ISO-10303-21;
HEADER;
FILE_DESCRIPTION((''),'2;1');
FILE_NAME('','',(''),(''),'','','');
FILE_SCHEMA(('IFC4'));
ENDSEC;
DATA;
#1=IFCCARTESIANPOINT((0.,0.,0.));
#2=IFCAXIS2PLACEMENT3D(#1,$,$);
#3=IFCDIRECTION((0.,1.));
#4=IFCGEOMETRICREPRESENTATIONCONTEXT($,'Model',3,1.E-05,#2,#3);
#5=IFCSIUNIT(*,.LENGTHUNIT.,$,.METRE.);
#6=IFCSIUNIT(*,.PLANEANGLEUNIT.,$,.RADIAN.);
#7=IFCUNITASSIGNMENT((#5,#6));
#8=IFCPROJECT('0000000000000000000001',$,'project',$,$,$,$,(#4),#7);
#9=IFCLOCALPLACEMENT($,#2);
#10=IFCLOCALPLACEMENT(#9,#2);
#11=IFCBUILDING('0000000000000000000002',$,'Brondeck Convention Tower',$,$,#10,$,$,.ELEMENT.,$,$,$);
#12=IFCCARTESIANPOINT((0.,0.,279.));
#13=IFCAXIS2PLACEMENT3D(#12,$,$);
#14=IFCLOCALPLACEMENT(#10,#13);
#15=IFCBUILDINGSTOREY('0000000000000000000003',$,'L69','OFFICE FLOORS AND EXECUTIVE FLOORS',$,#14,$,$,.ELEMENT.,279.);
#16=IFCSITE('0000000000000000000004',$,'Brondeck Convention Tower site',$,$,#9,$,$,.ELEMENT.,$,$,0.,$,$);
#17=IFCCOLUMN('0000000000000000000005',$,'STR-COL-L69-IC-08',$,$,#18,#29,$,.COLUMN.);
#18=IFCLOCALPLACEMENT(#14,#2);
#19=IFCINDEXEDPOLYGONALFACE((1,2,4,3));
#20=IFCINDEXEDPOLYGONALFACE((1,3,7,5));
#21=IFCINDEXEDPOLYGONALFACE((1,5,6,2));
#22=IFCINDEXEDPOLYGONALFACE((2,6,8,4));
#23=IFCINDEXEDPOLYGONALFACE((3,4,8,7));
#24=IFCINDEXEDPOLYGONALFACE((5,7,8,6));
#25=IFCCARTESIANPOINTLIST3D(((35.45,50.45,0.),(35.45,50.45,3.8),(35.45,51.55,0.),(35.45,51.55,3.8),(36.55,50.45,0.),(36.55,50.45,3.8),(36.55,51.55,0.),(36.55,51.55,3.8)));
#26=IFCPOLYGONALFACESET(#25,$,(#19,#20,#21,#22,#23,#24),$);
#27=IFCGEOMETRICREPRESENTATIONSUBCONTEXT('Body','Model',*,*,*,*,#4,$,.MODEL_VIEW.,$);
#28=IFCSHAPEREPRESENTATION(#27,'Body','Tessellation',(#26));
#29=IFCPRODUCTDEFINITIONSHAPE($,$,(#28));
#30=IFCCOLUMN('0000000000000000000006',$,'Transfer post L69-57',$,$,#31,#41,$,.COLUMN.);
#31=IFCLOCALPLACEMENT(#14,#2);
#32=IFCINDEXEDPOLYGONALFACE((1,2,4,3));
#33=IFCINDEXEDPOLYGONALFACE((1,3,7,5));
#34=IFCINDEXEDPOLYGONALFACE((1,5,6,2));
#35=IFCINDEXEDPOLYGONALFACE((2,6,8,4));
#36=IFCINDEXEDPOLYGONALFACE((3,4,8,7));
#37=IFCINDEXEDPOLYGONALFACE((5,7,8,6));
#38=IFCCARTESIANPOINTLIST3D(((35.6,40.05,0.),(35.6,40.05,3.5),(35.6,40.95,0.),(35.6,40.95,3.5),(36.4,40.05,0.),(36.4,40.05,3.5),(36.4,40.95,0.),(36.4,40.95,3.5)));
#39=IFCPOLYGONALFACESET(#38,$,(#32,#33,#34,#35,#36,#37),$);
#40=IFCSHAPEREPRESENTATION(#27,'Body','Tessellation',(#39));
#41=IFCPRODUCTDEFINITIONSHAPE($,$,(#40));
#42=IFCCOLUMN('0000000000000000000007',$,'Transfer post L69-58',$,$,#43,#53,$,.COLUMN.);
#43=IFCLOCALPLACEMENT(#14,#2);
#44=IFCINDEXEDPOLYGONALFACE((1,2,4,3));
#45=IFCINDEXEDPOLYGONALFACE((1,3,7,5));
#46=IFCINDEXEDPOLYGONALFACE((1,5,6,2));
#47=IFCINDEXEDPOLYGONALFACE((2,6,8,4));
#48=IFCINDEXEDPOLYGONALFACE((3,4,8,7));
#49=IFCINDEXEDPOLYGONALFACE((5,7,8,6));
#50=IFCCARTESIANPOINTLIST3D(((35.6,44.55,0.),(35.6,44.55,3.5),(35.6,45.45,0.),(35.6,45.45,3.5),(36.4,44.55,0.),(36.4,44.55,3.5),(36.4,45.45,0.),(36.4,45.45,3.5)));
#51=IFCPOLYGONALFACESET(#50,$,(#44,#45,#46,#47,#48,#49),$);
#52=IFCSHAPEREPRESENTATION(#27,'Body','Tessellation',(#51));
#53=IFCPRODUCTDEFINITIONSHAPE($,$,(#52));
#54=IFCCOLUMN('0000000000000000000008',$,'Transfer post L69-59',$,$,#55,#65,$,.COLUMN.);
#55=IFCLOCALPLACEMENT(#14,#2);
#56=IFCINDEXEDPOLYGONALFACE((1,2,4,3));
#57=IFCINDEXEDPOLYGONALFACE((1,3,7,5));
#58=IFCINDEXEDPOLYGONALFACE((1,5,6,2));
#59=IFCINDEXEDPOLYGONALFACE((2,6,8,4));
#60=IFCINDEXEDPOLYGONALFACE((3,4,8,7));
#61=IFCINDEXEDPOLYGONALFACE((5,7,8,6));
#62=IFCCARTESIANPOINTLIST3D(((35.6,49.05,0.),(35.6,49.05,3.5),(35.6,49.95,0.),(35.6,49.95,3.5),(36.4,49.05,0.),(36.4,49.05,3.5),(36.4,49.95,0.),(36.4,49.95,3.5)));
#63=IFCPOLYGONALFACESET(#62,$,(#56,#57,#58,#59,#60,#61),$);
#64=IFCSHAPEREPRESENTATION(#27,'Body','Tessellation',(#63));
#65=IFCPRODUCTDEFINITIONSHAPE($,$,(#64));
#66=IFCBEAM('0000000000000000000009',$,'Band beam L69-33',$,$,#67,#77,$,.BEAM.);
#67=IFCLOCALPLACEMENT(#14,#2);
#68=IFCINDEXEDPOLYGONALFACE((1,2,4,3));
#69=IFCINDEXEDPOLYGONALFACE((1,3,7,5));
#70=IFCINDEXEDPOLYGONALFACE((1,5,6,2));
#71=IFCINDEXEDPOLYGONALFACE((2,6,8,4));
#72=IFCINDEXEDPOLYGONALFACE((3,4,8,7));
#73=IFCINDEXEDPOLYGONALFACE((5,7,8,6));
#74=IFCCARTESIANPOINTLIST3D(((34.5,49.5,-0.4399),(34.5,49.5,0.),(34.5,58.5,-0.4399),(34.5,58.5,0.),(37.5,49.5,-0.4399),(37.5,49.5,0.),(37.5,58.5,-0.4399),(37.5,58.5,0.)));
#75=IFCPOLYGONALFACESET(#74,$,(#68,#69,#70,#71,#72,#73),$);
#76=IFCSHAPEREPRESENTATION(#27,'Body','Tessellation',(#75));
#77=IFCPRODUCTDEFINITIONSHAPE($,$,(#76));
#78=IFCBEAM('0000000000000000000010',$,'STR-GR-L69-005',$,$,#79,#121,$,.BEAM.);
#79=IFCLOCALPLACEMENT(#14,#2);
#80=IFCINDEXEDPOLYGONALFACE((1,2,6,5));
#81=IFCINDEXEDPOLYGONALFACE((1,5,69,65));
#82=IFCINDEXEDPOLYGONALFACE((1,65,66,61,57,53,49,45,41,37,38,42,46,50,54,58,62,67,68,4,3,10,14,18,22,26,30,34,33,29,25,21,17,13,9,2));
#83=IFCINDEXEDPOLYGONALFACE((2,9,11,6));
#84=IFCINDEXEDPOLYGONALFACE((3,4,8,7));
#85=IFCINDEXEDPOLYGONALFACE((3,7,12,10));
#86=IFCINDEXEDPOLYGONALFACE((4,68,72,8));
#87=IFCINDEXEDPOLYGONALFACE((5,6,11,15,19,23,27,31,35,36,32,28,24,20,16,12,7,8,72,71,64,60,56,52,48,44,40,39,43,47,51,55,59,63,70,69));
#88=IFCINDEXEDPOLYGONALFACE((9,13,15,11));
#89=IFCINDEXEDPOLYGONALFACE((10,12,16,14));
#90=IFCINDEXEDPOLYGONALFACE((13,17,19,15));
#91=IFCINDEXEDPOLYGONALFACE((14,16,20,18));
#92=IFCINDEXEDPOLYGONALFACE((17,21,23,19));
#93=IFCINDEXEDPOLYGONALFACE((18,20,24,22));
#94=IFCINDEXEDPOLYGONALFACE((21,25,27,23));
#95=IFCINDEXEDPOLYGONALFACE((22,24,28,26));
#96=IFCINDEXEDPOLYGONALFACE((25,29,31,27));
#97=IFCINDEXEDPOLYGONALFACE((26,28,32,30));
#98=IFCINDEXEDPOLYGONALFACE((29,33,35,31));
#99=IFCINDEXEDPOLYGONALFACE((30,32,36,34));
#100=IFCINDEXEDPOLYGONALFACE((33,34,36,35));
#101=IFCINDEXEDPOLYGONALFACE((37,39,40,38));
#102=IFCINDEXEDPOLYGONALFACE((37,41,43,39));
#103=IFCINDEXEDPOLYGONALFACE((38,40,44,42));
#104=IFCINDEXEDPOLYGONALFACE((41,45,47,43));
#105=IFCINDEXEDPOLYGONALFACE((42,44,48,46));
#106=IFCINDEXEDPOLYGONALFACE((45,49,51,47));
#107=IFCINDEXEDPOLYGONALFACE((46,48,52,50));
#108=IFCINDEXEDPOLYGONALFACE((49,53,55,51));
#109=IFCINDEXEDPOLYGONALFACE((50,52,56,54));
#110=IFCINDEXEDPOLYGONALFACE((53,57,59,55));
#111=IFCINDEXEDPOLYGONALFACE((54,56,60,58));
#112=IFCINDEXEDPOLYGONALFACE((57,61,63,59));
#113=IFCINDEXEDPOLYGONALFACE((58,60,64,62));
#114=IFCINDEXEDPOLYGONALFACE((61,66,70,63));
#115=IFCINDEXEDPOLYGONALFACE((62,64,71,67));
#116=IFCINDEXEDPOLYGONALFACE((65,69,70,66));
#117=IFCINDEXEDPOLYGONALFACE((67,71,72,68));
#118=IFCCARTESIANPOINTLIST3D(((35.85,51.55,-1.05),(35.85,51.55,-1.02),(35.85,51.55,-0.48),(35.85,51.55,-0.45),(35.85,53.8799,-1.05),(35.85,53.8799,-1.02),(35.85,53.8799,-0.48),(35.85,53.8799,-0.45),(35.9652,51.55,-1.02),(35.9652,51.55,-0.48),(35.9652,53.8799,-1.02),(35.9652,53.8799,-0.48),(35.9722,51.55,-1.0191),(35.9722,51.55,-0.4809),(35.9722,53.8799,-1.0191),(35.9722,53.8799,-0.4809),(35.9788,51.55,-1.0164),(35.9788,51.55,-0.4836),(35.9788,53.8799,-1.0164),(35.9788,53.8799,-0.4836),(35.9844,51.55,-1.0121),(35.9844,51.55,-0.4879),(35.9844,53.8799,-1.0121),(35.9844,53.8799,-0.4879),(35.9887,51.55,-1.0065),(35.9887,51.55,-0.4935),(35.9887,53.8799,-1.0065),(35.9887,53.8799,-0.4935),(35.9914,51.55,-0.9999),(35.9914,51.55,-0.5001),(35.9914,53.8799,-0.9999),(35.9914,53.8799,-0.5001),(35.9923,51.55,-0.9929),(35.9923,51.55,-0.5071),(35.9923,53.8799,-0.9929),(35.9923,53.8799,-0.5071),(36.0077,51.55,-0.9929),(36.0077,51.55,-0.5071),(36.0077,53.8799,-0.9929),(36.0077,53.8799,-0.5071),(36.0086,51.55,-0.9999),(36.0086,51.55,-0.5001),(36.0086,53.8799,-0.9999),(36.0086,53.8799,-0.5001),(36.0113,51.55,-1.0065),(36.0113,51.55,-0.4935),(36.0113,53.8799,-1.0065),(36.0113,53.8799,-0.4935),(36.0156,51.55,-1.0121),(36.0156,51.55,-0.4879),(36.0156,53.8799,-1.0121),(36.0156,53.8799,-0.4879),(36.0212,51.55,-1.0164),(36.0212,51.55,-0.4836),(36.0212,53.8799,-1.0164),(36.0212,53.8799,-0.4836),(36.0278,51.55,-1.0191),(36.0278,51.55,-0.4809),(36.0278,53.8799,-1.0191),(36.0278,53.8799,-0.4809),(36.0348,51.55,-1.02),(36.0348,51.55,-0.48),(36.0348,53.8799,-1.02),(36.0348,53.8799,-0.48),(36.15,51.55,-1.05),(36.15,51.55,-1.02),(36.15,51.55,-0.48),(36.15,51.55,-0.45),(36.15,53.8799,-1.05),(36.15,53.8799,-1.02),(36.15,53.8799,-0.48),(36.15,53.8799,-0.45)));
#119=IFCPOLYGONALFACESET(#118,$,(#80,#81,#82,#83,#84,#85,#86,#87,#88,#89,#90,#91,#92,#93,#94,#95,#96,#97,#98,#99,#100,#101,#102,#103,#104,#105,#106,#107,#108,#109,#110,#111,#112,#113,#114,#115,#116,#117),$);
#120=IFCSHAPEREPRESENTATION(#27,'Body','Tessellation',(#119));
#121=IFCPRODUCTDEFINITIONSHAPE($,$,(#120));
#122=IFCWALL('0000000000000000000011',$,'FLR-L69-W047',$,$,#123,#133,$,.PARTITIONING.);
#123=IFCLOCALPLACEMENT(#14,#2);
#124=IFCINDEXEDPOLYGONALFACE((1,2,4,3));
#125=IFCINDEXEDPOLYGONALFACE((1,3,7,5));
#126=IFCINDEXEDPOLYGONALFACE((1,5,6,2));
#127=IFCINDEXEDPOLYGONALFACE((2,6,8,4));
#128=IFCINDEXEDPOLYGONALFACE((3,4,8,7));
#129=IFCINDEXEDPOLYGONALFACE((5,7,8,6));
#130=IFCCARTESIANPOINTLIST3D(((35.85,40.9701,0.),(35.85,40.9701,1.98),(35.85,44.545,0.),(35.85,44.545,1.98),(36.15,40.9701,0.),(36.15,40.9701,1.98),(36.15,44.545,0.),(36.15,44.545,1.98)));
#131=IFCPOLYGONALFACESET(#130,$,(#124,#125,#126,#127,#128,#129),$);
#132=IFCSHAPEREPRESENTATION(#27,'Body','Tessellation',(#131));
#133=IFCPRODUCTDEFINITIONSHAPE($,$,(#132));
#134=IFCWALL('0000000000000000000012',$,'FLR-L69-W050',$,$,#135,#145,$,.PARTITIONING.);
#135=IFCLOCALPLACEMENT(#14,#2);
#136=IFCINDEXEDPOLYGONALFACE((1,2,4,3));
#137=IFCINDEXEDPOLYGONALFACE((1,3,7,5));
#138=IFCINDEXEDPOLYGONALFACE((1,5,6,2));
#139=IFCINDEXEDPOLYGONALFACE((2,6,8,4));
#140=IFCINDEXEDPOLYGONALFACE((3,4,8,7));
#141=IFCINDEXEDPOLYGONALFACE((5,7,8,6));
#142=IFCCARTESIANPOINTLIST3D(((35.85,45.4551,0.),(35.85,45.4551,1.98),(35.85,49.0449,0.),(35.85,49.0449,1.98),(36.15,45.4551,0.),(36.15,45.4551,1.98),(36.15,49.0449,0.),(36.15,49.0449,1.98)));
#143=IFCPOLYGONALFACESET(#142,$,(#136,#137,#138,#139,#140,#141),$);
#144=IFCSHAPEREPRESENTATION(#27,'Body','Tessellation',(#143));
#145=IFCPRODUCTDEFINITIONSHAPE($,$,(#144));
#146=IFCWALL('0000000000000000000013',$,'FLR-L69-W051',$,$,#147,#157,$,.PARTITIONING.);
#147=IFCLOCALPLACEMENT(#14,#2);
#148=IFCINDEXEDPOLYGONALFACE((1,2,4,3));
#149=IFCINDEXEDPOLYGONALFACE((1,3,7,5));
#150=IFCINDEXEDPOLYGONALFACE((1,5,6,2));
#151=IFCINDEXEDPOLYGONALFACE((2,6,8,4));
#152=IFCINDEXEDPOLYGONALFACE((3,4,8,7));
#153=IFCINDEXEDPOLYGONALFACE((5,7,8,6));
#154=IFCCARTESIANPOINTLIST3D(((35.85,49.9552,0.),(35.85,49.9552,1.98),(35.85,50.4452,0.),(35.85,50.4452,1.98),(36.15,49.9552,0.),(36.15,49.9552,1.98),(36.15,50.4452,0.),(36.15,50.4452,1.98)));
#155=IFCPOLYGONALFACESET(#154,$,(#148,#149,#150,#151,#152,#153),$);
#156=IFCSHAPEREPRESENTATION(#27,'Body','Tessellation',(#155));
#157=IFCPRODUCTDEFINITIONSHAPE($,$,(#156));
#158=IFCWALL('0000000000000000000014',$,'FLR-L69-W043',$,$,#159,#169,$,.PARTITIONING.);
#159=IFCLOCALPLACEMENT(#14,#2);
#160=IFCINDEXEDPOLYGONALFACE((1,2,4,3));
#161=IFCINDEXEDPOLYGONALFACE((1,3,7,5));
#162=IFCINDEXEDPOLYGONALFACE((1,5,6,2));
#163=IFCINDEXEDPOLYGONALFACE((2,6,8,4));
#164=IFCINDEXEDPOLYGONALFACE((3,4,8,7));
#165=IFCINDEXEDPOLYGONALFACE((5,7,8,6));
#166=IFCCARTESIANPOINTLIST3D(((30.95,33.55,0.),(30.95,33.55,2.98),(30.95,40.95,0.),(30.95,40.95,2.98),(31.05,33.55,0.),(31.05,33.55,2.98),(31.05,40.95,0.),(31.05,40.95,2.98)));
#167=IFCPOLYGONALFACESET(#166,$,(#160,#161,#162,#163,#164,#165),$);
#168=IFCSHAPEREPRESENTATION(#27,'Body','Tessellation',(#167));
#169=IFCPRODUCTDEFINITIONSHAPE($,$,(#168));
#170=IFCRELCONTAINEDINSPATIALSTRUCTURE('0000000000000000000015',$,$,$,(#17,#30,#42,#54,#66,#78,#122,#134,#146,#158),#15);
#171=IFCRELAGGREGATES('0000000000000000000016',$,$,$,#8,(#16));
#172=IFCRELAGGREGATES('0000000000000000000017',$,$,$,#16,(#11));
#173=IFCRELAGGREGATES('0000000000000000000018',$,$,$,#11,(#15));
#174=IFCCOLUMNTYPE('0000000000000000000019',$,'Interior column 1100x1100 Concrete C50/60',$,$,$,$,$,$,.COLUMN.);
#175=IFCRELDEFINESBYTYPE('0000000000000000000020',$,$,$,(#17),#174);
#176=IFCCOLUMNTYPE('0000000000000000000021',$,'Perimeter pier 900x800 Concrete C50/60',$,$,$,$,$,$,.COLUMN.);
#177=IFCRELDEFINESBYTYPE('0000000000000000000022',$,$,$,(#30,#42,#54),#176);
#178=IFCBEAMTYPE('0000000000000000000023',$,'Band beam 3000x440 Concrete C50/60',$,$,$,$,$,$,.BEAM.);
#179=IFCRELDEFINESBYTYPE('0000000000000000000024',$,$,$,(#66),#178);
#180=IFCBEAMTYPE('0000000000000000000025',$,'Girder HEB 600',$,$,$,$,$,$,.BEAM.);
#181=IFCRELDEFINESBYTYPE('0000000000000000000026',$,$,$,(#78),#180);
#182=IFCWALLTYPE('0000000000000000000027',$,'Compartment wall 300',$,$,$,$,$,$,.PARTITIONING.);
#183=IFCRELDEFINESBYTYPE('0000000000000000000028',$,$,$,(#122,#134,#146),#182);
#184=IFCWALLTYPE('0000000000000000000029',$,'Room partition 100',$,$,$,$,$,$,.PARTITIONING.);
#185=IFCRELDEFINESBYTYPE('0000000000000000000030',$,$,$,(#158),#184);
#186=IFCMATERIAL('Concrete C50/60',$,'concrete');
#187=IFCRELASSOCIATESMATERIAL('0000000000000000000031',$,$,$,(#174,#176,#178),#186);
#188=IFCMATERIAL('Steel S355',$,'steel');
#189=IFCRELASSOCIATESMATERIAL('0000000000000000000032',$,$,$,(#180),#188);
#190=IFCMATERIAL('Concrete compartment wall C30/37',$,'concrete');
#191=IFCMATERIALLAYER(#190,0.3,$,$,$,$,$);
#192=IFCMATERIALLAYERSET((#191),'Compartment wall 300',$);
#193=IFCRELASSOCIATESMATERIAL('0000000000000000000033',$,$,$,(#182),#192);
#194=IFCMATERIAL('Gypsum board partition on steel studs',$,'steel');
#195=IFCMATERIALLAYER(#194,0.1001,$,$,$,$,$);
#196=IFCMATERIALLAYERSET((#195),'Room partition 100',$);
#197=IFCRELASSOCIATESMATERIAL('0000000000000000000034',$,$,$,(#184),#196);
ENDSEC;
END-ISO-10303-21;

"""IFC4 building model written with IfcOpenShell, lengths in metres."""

from ifc_helpers import new_model, si_unit, direction, frame, frame_2d, origin, origin_2d, place, context, subcontext, project, spatial, rectangle, i_section, extrude, material, layer, layer_set, material_profile, profile_set, type_object, element, save


model = new_model("IFC4")

# Units and contexts
model_context = context("Model", 3, precision=1e-05, world=origin(), true_north=direction((0.0, 1.0)))
body_context = subcontext(model_context, "Body", "Model", "MODEL_VIEW")
ifc_project = project(units=[si_unit("LENGTHUNIT", "METRE"), si_unit("PLANEANGLEUNIT", "RADIAN")], contexts=[model_context])

# Site, building, storey
site_placement = place(None, origin())
site = spatial("IfcSite", under=ifc_project, at=site_placement, Name="Brondeck Convention Tower site", CompositionType="ELEMENT", RefElevation=0.0)
building_placement = place(site_placement, origin())
building = spatial("IfcBuilding", under=site, at=building_placement, Name="Brondeck Convention Tower", CompositionType="ELEMENT")
storey_placement = place(building_placement, frame((0.0, 0.0, 279.0)))
storey = spatial("IfcBuildingStorey", under=building, at=storey_placement, Name="L69", Description="OFFICE FLOORS AND EXECUTIVE FLOORS", CompositionType="ELEMENT", Elevation=279.0)

# Columns
ifc_material_1 = material(Name="Concrete C50/60", Category="concrete")
ifc_material_profile_1 = material_profile(ifc_material_1, rectangle(XDim=1.1001, YDim=1.1001, at=origin_2d()), Name="Interior column 1100x1100 Concrete C50/60")
ifc_profile_set_1 = profile_set([ifc_material_profile_1], Name="Concrete C50/60")
column_type_1 = type_object("IfcColumnType", Name="Interior column 1100x1100 Concrete C50/60", PredefinedType="COLUMN", material=ifc_profile_set_1)
column_placement = place(storey_placement, frame((36.0, 51.0, 0.0), z_axis=(0.0, 0.0, 1.0), x_axis=(1.0, 0.0, 0.0)))
element("IfcColumn", 1, at=column_placement, inside=storey, type_object=column_type_1, Name="STR-COL-L69-IC-08", PredefinedType="COLUMN", context=body_context, shape_type="SweptSolid", body=[
    extrude(rectangle(XDim=1.1001, YDim=1.1001, at=origin_2d()), origin(), (0.0, 0.0, 1.0), 3.8),
])
ifc_material_profile_2 = material_profile(ifc_material_1, rectangle(XDim=0.8999, YDim=0.8, at=origin_2d()), Name="Perimeter pier 900x800 Concrete C50/60")
ifc_profile_set_2 = profile_set([ifc_material_profile_2], Name="Concrete C50/60")
column_type_2 = type_object("IfcColumnType", Name="Perimeter pier 900x800 Concrete C50/60", PredefinedType="COLUMN", material=ifc_profile_set_2)
for number, where, z_axis, x_axis, name in (
    (2, (36.0, 40.5, 0.0), (0.0, 0.0, 1.0), (0.0, 1.0, 0.0), "Transfer post L69-57"),
    (3, (36.0, 45.0, 0.0), (0.0, 0.0, 1.0), (0.0, 1.0, 0.0), "Transfer post L69-58"),
    (4, (36.0, 49.5, 0.0), (0.0, 0.0, 1.0), (0.0, 1.0, 0.0), "Transfer post L69-59"),
):
    element("IfcColumn", number, at=place(storey_placement, frame(where, z_axis=z_axis, x_axis=x_axis)), inside=storey, type_object=column_type_2, Name=name, PredefinedType="COLUMN", context=body_context, shape_type="SweptSolid", body=[
        extrude(rectangle(XDim=0.8999, YDim=0.8, at=origin_2d()), origin(), (0.0, 0.0, 1.0), 3.5),
    ])

# Beams
ifc_material_profile_3 = material_profile(ifc_material_1, rectangle(XDim=3.0, YDim=0.4399, at=origin_2d()), Name="Band beam 3000x440 Concrete C50/60")
ifc_profile_set_3 = profile_set([ifc_material_profile_3], Name="Concrete C50/60")
beam_type_1 = type_object("IfcBeamType", Name="Band beam 3000x440 Concrete C50/60", PredefinedType="BEAM", material=ifc_profile_set_3)
beam_1_placement = place(storey_placement, frame((36.0, 49.5, -0.22), z_axis=(0.0, 1.0, 0.0), x_axis=(-1.0, 0.0, 0.0)))
element("IfcBeam", 5, at=beam_1_placement, inside=storey, type_object=beam_type_1, Name="Band beam L69-33", PredefinedType="BEAM", context=body_context, shape_type="SweptSolid", body=[
    extrude(rectangle(XDim=3.0, YDim=0.4399, at=origin_2d()), origin(), (0.0, 0.0, 1.0), 9.0),
])
ifc_material_2 = material(Name="Steel S355", Category="steel")
ifc_material_profile_4 = material_profile(ifc_material_2, i_section(OverallWidth=0.3, OverallDepth=0.6001, WebThickness=0.0154, FlangeThickness=0.03, FilletRadius=0.0271, at=origin_2d()), Name="HEB 600")
ifc_profile_set_4 = profile_set([ifc_material_profile_4], Name="Steel S355")
beam_type_2 = type_object("IfcBeamType", Name="Girder HEB 600", PredefinedType="BEAM", material=ifc_profile_set_4)
beam_2_placement = place(storey_placement, frame((36.0, 51.55, -0.75), z_axis=(0.0, 1.0, 0.0), x_axis=(-1.0, 0.0, 0.0)))
element("IfcBeam", 6, at=beam_2_placement, inside=storey, type_object=beam_type_2, Name="STR-GR-L69-005", PredefinedType="BEAM", context=body_context, shape_type="SweptSolid", body=[
    extrude(i_section(OverallWidth=0.3, OverallDepth=0.6001, WebThickness=0.0154, FlangeThickness=0.03, FilletRadius=0.0271, at=origin_2d()), origin(), (0.0, 0.0, 1.0), 2.3298),
])

# Walls
ifc_material_3 = material(Name="Concrete compartment wall C30/37", Category="concrete")
ifc_layer_1 = layer(ifc_material_3, 0.3)
ifc_layer_set_1 = layer_set([ifc_layer_1], Name="Compartment wall 300")
wall_type_1 = type_object("IfcWallType", Name="Compartment wall 300", PredefinedType="PARTITIONING", material=ifc_layer_set_1)
wall_1_placement = place(storey_placement, frame((36.0, 40.97, 0.0), z_axis=(0.0, 0.0, 1.0), x_axis=(0.0, 1.0, 0.0)))
element("IfcWall", 7, at=wall_1_placement, inside=storey, type_object=wall_type_1, Name="FLR-L69-W047", PredefinedType="PARTITIONING", context=body_context, shape_type="SweptSolid", body=[
    extrude(rectangle(XDim=3.575, YDim=0.3, at=frame_2d((1.7876, 0.0))), origin(), (0.0, 0.0, 1.0), 1.98),
])
wall_2_placement = place(storey_placement, frame((36.0, 45.4551, 0.0), z_axis=(0.0, 0.0, 1.0), x_axis=(0.0, 1.0, 0.0)))
element("IfcWall", 8, at=wall_2_placement, inside=storey, type_object=wall_type_1, Name="FLR-L69-W050", PredefinedType="PARTITIONING", context=body_context, shape_type="SweptSolid", body=[
    extrude(rectangle(XDim=3.5898, YDim=0.3, at=frame_2d((1.7949, 0.0))), origin(), (0.0, 0.0, 1.0), 1.98),
])
wall_3_placement = place(storey_placement, frame((36.0, 49.9551, 0.0), z_axis=(0.0, 0.0, 1.0), x_axis=(0.0, 1.0, 0.0)))
element("IfcWall", 9, at=wall_3_placement, inside=storey, type_object=wall_type_1, Name="FLR-L69-W051", PredefinedType="PARTITIONING", context=body_context, shape_type="SweptSolid", body=[
    extrude(rectangle(XDim=0.49, YDim=0.3, at=frame_2d((0.2451, 0.0))), origin(), (0.0, 0.0, 1.0), 1.98),
])
ifc_material_4 = material(Name="Gypsum board partition on steel studs", Category="steel")
ifc_layer_2 = layer(ifc_material_4, 0.1001)
ifc_layer_set_2 = layer_set([ifc_layer_2], Name="Room partition 100")
wall_type_2 = type_object("IfcWallType", Name="Room partition 100", PredefinedType="PARTITIONING", material=ifc_layer_set_2)
wall_4_placement = place(storey_placement, frame((31.0, 40.95, 0.0), z_axis=(0.0, 0.0, 1.0), x_axis=(0.0, -1.0, 0.0)))
element("IfcWall", 10, at=wall_4_placement, inside=storey, type_object=wall_type_2, Name="FLR-L69-W043", PredefinedType="PARTITIONING", context=body_context, shape_type="SweptSolid", body=[
    extrude(rectangle(XDim=7.3999, YDim=0.1001, at=frame_2d((3.7, 0.0))), origin(), (0.0, 0.0, 1.0), 2.98),
])

save(model, "model.ifc")
